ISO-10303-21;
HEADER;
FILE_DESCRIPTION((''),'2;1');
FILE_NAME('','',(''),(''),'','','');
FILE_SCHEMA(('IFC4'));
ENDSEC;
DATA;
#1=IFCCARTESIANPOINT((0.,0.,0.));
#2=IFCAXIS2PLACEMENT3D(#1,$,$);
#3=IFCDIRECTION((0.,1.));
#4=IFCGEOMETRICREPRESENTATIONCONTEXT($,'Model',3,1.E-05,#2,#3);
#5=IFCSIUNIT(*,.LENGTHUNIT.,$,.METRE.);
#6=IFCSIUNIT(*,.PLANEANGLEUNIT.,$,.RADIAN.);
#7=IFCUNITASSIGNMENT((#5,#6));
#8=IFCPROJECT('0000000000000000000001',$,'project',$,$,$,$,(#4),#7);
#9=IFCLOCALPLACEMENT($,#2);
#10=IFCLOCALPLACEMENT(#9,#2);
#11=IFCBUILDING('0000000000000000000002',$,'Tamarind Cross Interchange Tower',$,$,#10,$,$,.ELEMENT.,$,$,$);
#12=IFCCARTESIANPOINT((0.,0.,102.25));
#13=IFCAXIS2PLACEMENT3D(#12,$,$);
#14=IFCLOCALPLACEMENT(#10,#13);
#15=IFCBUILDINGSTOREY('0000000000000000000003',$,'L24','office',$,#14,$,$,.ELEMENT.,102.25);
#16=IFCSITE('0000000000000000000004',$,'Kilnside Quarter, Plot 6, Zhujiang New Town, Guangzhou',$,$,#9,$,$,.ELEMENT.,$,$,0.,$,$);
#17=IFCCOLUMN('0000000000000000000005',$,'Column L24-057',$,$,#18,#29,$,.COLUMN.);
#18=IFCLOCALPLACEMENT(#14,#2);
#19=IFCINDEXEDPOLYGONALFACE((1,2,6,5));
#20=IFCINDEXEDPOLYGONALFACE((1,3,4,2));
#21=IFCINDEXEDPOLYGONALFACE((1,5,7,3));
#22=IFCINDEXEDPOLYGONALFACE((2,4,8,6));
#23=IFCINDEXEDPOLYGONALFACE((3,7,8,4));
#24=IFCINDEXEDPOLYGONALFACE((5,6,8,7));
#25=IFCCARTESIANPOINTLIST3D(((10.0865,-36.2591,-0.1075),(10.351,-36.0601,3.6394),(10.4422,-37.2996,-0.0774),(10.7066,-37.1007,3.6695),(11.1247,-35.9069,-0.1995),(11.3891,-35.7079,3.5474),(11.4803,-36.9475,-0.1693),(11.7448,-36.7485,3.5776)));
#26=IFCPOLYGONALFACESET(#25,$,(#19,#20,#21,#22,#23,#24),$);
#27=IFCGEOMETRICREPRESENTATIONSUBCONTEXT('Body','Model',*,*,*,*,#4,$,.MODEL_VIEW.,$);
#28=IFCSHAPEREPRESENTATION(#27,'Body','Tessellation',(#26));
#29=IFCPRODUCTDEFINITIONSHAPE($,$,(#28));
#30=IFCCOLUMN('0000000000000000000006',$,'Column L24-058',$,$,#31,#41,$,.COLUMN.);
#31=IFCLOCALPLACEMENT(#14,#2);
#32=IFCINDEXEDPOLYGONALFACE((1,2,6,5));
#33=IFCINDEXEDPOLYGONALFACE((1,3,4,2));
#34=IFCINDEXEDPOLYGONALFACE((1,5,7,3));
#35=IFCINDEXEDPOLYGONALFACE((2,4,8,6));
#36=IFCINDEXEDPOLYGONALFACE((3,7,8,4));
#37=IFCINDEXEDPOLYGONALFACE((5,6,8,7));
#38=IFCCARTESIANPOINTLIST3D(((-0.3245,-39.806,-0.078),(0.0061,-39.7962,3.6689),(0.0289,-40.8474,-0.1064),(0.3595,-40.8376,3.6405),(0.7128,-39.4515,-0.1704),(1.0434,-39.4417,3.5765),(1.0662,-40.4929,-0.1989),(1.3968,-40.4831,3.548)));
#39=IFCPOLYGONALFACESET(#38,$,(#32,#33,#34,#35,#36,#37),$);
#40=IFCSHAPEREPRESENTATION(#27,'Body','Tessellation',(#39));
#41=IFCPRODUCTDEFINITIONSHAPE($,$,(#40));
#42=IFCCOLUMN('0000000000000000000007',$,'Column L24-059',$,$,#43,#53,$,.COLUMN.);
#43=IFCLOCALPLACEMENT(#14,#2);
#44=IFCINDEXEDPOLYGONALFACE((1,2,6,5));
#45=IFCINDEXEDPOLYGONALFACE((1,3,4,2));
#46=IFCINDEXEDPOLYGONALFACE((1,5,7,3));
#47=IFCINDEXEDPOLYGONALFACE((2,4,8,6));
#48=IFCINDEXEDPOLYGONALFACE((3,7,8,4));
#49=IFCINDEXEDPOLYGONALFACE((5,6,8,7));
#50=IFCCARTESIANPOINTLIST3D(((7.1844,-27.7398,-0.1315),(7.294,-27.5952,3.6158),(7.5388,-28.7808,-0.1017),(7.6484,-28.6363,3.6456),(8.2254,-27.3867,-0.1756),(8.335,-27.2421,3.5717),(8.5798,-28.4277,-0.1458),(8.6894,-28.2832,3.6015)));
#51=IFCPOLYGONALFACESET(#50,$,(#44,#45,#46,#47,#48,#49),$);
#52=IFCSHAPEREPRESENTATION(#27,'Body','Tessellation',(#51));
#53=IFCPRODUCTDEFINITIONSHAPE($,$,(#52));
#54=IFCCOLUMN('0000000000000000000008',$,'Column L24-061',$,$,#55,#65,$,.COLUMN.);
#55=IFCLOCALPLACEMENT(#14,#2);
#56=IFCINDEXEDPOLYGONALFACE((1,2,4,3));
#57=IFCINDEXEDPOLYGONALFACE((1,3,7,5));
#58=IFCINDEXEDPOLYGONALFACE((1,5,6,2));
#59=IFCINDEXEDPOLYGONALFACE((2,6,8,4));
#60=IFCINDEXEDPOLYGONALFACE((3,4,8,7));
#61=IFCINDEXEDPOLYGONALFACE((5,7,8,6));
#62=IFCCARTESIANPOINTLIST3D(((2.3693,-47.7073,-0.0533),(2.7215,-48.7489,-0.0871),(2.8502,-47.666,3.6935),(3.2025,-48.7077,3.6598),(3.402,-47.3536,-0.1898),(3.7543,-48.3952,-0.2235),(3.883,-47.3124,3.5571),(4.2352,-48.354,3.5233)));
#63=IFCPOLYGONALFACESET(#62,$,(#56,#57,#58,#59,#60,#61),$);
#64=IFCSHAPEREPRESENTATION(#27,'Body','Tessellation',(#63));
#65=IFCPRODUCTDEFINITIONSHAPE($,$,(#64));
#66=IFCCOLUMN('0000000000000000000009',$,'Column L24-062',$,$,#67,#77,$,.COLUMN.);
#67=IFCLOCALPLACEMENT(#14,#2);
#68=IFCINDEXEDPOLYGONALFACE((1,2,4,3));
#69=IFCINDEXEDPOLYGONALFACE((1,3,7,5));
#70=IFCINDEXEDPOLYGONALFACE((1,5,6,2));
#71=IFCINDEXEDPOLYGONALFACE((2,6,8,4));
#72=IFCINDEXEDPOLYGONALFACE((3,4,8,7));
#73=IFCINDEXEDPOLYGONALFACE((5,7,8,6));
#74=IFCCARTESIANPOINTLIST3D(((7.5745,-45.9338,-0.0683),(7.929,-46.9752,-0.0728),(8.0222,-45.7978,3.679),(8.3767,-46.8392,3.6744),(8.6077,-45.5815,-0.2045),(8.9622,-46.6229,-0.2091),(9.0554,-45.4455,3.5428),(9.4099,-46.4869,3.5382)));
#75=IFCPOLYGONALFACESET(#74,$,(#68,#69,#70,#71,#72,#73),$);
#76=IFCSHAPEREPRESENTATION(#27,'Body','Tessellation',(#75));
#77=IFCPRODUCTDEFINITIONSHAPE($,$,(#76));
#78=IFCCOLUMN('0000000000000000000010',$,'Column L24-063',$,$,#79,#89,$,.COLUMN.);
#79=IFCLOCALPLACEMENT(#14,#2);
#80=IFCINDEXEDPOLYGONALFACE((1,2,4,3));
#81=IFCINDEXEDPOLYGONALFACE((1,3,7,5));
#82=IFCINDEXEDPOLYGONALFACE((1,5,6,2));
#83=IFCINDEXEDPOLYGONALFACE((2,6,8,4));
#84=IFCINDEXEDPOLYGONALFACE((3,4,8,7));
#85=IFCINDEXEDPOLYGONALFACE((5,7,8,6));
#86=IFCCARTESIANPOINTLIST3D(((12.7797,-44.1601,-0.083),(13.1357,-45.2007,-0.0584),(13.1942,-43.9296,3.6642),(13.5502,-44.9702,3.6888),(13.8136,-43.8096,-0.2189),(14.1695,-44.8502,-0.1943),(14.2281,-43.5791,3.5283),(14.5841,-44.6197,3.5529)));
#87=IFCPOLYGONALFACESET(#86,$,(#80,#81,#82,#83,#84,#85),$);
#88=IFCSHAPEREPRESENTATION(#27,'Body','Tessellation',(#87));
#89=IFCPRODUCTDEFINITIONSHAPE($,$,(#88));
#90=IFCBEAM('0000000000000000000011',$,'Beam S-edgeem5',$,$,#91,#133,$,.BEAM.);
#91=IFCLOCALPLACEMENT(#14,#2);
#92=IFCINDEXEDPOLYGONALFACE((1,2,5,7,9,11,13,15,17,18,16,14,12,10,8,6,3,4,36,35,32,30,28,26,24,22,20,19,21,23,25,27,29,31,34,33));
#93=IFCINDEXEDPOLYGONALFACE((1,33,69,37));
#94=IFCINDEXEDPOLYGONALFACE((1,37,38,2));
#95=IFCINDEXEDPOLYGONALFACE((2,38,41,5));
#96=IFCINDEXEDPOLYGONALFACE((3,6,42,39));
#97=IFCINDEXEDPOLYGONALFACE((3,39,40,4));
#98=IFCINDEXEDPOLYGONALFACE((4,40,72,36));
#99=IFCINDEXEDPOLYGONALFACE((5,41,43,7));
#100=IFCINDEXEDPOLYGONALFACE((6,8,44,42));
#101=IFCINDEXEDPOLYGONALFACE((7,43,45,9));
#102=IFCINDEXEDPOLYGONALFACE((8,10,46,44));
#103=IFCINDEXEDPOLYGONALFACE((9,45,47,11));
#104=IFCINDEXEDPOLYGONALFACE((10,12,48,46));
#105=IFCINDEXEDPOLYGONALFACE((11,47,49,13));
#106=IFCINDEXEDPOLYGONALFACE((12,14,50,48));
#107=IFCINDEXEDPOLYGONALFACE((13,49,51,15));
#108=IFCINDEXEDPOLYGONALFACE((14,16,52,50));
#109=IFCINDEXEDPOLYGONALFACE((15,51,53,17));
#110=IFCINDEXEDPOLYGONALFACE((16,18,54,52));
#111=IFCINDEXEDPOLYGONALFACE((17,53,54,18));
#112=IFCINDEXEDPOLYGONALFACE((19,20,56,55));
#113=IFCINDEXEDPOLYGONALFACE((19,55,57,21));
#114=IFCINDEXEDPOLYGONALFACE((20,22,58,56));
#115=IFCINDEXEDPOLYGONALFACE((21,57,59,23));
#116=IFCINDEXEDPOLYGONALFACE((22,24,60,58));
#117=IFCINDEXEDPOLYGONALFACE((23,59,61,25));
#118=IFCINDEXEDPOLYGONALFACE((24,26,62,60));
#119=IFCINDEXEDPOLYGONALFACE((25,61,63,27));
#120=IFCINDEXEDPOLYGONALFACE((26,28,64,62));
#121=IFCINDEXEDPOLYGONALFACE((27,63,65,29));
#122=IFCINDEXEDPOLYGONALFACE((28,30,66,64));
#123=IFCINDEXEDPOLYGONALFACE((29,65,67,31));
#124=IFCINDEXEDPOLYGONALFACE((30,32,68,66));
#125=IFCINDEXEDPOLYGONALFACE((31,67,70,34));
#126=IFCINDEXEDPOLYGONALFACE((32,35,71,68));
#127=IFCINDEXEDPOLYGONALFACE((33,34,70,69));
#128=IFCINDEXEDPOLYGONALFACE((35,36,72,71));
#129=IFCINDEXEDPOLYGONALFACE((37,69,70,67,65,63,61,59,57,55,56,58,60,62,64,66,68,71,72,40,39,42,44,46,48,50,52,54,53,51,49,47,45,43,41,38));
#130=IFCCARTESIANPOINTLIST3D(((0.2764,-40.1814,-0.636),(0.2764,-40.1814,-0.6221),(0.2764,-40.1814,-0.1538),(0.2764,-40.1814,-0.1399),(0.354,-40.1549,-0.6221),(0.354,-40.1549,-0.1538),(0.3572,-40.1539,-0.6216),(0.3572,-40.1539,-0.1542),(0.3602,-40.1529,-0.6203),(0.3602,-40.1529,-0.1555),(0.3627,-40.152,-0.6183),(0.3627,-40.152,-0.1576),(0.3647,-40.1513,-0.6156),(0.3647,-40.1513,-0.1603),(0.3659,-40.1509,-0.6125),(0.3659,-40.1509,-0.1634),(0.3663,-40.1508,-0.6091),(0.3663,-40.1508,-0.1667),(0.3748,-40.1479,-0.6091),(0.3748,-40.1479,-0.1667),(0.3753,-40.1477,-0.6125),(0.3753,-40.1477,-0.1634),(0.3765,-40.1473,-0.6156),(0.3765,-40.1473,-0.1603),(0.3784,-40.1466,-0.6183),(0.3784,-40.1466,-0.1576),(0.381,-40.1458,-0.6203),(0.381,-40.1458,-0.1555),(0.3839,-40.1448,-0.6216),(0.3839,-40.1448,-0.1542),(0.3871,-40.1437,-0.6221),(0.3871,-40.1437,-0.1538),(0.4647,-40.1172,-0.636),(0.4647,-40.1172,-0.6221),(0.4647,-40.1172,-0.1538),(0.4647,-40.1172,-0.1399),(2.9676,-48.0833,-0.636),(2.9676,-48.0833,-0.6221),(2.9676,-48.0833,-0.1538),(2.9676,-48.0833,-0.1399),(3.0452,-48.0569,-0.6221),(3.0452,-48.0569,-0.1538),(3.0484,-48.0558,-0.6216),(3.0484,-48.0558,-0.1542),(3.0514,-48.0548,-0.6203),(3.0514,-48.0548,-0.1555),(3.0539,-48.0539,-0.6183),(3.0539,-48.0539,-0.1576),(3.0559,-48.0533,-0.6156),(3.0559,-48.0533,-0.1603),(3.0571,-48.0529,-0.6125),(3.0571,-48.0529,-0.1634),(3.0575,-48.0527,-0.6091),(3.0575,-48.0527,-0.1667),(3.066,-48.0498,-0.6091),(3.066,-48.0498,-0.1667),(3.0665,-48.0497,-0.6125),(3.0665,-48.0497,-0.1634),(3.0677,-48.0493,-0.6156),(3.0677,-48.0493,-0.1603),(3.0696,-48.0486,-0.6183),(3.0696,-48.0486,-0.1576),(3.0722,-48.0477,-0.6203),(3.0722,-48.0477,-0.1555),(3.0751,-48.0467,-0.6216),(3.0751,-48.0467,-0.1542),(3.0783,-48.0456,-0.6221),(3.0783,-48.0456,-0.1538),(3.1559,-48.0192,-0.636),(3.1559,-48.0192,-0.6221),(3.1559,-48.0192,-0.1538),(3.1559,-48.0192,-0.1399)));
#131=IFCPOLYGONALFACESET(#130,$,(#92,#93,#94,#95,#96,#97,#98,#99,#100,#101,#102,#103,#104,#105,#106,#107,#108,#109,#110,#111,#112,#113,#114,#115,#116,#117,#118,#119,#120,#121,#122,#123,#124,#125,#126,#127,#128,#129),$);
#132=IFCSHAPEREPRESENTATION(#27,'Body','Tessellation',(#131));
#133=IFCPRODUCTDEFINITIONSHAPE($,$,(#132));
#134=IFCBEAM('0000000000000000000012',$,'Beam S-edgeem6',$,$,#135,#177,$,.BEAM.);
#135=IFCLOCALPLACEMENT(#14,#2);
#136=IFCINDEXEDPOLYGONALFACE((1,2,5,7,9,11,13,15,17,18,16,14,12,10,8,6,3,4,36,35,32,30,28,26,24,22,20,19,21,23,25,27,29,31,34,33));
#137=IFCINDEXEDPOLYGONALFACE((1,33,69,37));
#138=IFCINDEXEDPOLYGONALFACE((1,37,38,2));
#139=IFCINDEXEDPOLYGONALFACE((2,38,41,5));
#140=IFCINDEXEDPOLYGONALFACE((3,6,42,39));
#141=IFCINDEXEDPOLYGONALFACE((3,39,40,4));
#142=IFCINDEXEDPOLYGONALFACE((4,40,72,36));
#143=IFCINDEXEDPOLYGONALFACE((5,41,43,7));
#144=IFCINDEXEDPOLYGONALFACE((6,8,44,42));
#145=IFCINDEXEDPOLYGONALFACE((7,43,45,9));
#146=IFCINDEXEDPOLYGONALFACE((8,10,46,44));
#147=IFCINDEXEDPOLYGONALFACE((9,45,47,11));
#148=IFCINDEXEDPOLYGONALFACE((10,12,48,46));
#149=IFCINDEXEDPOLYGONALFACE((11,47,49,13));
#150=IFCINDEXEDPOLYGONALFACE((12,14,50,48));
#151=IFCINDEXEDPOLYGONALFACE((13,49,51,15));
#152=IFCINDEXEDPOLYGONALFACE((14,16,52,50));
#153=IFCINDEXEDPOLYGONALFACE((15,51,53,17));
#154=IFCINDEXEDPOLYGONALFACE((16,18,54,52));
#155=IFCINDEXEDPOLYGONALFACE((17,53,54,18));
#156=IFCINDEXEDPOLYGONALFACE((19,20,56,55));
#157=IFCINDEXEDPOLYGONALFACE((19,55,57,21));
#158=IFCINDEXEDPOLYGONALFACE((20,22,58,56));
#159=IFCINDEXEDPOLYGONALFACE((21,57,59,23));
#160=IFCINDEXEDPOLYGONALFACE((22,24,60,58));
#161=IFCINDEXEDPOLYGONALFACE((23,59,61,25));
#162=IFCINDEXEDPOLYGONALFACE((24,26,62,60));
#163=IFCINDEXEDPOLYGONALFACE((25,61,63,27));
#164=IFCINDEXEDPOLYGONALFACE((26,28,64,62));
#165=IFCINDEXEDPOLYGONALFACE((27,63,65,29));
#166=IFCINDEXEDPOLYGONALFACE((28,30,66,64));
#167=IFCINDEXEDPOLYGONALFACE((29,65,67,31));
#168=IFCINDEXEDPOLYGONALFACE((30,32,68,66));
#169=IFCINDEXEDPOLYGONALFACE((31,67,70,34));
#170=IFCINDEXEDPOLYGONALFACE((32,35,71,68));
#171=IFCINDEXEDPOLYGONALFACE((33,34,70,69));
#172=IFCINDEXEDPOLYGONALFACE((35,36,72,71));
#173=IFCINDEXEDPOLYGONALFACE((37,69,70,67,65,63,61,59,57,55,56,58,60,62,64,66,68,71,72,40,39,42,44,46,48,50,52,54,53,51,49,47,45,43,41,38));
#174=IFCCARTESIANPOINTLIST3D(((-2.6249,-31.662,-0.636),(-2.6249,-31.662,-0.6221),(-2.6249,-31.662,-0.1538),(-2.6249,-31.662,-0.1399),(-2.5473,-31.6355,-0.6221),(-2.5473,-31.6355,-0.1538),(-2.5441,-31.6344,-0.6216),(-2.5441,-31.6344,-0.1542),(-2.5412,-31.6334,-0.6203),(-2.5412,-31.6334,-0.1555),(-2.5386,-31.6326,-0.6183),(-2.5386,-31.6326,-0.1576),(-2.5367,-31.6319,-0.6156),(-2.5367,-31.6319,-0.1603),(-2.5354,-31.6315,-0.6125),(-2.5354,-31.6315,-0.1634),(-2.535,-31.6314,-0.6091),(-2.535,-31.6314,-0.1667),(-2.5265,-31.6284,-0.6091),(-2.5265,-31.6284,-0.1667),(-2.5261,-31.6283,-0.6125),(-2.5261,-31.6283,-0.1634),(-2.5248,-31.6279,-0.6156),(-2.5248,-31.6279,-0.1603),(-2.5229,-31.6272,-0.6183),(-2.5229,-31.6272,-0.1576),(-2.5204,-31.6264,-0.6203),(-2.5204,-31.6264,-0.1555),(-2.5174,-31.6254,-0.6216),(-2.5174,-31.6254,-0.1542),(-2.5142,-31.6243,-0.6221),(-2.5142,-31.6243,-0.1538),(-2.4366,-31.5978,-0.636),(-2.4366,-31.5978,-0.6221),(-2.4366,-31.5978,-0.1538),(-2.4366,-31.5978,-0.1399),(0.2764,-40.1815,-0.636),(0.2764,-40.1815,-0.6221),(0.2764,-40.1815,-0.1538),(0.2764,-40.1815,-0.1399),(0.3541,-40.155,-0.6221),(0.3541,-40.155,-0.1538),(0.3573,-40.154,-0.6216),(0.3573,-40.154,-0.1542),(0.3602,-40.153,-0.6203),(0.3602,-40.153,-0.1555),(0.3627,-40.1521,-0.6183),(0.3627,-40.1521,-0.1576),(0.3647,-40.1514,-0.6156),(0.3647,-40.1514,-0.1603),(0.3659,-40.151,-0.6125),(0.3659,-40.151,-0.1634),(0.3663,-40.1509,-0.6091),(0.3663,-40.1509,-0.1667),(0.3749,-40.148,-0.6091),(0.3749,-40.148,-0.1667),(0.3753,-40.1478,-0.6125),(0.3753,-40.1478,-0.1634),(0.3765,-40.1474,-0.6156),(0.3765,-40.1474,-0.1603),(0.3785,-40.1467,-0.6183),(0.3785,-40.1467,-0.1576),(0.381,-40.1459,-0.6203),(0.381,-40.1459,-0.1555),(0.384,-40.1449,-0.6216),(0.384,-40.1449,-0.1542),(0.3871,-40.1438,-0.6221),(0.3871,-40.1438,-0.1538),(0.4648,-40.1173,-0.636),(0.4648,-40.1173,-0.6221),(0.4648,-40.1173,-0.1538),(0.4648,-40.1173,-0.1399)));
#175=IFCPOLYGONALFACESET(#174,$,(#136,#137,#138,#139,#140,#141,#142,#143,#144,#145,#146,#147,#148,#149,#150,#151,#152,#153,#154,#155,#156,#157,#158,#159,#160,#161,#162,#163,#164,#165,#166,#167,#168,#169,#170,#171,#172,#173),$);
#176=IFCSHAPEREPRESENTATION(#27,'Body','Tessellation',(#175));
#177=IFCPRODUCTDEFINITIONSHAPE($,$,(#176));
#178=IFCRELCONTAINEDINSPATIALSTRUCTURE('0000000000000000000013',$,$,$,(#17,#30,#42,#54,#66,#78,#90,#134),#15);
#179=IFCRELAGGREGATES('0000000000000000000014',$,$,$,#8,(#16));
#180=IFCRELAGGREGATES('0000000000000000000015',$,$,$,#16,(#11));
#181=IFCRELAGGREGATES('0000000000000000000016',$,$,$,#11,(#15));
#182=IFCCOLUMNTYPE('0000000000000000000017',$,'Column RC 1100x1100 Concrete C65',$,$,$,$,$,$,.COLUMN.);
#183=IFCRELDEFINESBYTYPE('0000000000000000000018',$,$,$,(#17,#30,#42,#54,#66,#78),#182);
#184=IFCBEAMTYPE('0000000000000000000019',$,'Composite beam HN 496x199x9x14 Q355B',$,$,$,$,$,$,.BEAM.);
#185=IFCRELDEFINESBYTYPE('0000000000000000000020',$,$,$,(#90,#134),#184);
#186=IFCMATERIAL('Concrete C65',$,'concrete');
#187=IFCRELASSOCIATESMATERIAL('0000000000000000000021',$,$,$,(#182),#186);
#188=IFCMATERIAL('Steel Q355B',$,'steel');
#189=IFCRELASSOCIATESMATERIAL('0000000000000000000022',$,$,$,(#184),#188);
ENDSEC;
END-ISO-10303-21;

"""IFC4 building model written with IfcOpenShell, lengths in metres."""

from ifc_helpers import new_model, si_unit, direction, frame, origin, origin_2d, place, context, subcontext, project, spatial, rectangle, i_section, extrude, material, material_profile, profile_set, type_object, element, save


model = new_model("IFC4")

# Units and contexts
model_context = context("Model", 3, precision=1e-05, world=origin(), true_north=direction((0.0, 1.0)))
body_context = subcontext(model_context, "Body", "Model", "MODEL_VIEW")
ifc_project = project(units=[si_unit("LENGTHUNIT", "METRE"), si_unit("PLANEANGLEUNIT", "RADIAN")], contexts=[model_context])

# Site, building, storey
site_placement = place(None, origin())
site = spatial("IfcSite", under=ifc_project, at=site_placement, Name="Kilnside Quarter, Plot 6, Zhujiang New Town, Guangzhou", CompositionType="ELEMENT", RefElevation=0.0)
building_placement = place(site_placement, origin())
building = spatial("IfcBuilding", under=site, at=building_placement, Name="Tamarind Cross Interchange Tower", CompositionType="ELEMENT")
storey_placement = place(building_placement, frame((0.0, 0.0, 102.25)))
storey = spatial("IfcBuildingStorey", under=building, at=storey_placement, Name="L24", Description="office", CompositionType="ELEMENT", Elevation=102.25)

# Columns
ifc_material_1 = material(Name="Concrete C65", Category="concrete")
ifc_material_profile_1 = material_profile(ifc_material_1, rectangle(XDim=1.1001, YDim=1.1001, at=origin_2d()), Name="RC 1100x1100")
ifc_profile_set_1 = profile_set([ifc_material_profile_1], Name="Concrete C65")
column_type = type_object("IfcColumnType", Name="Column RC 1100x1100 Concrete C65", PredefinedType="COLUMN", material=ifc_profile_set_1)
for number, where, z_axis, x_axis, name in (
    (1, (10.7834, -36.6033, -0.1384), (0.070294, 0.052899, 0.996123), (-0.943683, -0.320117, 0.083593), "Column L24-057"),
    (2, (0.3708, -40.1494, -0.1384), (0.087884, 0.002596, 0.996127), (-0.321229, 0.946648, 0.025873), "Column L24-058"),
):
    element("IfcColumn", number, at=place(storey_placement, frame(where, z_axis=z_axis, x_axis=x_axis)), inside=storey, type_object=column_type, Name=name, PredefinedType="COLUMN", context=body_context, shape_type="SweptSolid", body=[
        extrude(rectangle(XDim=1.1001, YDim=1.1001, at=origin_2d()), origin(), (0.0, 0.0, 1.0), 3.7615),
    ])
column_1_placement = place(storey_placement, frame((7.8821, -28.0837, -0.1387), z_axis=(0.029219, 0.038524, 0.99883), x_axis=(-0.946239, -0.320978, 0.04006)))
element("IfcColumn", 3, at=column_1_placement, inside=storey, type_object=column_type, Name="Column L24-059", PredefinedType="COLUMN", context=body_context, shape_type="SweptSolid", body=[
    extrude(rectangle(XDim=1.1001, YDim=1.1001, at=origin_2d()), origin(), (0.0, 0.0, 1.0), 3.7517),
])
column_2_placement = place(storey_placement, frame((3.0618, -48.0513, -0.1384), z_axis=(0.127312, 0.010922, 0.991803), x_axis=(-0.320213, 0.946849, 0.030677)))
element("IfcColumn", 4, at=column_2_placement, inside=storey, type_object=column_type, Name="Column L24-061", PredefinedType="COLUMN", context=body_context, shape_type="SweptSolid", body=[
    extrude(rectangle(XDim=1.1001, YDim=1.1001, at=origin_2d()), origin(), (0.0, 0.0, 1.0), 3.7778),
])
column_3_placement = place(storey_placement, frame((8.2683, -46.2783, -0.1387), z_axis=(0.118566, 0.036009, 0.992293), x_axis=(-0.322244, 0.946648, 0.004151)))
element("IfcColumn", 5, at=column_3_placement, inside=storey, type_object=column_type, Name="Column L24-062", PredefinedType="COLUMN", context=body_context, shape_type="SweptSolid", body=[
    extrude(rectangle(XDim=1.1001, YDim=1.1001, at=origin_2d()), origin(), (0.0, 0.0, 1.0), 3.7764),
])
column_4_placement = place(storey_placement, frame((13.4746, -44.5051, -0.1387), z_axis=(0.10975, 0.061016, 0.992085), x_axis=(-0.939809, -0.318579, 0.123561)))
element("IfcColumn", 6, at=column_4_placement, inside=storey, type_object=column_type, Name="Column L24-063", PredefinedType="COLUMN", context=body_context, shape_type="SweptSolid", body=[
    extrude(rectangle(XDim=1.1001, YDim=1.1001, at=origin_2d()), origin(), (0.0, 0.0, 1.0), 3.7771),
])

# Beams
ifc_material_2 = material(Name="Steel Q355B", Category="steel")
ifc_material_profile_2 = material_profile(ifc_material_2, i_section(OverallWidth=0.199, OverallDepth=0.4961, WebThickness=0.009, FlangeThickness=0.0139, FilletRadius=0.0129, at=origin_2d()), Name="HN 496x199x9x14")
ifc_profile_set_2 = profile_set([ifc_material_profile_2], Name="Steel Q355B")
beam_type_1 = type_object("IfcBeamType", Name="Composite beam HN 496x199x9x14 Q355B", PredefinedType="BEAM", material=ifc_profile_set_2)
beam_1_placement = place(storey_placement, frame((3.0618, -48.0513, -0.3879), z_axis=(-0.322389, 0.946607, 0.0), x_axis=(-0.946607, -0.322389, 0.0)))
element("IfcBeam", 7, at=beam_1_placement, inside=storey, type_object=beam_type_1, Name="Beam S-edgeem5", PredefinedType="BEAM", context=body_context, shape_type="SweptSolid", body=[
    extrude(i_section(OverallWidth=0.199, OverallDepth=0.4961, WebThickness=0.009, FlangeThickness=0.0139, FilletRadius=0.0129, at=origin_2d()), origin(), (0.0, 0.0, 1.0), 8.3477),
])
beam_2_placement = place(storey_placement, frame((0.3706, -40.1494, -0.3879), z_axis=(-0.322373, 0.946613, 0.0), x_axis=(-0.946613, -0.322373, 0.0)))
element("IfcBeam", 8, at=beam_2_placement, inside=storey, type_object=beam_type_1, Name="Beam S-edgeem6", PredefinedType="BEAM", context=body_context, shape_type="SweptSolid", body=[
    extrude(i_section(OverallWidth=0.199, OverallDepth=0.4961, WebThickness=0.009, FlangeThickness=0.0139, FilletRadius=0.0129, at=origin_2d()), origin(), (0.0, 0.0, 1.0), 9.0),
])

save(model, "model.ifc")
